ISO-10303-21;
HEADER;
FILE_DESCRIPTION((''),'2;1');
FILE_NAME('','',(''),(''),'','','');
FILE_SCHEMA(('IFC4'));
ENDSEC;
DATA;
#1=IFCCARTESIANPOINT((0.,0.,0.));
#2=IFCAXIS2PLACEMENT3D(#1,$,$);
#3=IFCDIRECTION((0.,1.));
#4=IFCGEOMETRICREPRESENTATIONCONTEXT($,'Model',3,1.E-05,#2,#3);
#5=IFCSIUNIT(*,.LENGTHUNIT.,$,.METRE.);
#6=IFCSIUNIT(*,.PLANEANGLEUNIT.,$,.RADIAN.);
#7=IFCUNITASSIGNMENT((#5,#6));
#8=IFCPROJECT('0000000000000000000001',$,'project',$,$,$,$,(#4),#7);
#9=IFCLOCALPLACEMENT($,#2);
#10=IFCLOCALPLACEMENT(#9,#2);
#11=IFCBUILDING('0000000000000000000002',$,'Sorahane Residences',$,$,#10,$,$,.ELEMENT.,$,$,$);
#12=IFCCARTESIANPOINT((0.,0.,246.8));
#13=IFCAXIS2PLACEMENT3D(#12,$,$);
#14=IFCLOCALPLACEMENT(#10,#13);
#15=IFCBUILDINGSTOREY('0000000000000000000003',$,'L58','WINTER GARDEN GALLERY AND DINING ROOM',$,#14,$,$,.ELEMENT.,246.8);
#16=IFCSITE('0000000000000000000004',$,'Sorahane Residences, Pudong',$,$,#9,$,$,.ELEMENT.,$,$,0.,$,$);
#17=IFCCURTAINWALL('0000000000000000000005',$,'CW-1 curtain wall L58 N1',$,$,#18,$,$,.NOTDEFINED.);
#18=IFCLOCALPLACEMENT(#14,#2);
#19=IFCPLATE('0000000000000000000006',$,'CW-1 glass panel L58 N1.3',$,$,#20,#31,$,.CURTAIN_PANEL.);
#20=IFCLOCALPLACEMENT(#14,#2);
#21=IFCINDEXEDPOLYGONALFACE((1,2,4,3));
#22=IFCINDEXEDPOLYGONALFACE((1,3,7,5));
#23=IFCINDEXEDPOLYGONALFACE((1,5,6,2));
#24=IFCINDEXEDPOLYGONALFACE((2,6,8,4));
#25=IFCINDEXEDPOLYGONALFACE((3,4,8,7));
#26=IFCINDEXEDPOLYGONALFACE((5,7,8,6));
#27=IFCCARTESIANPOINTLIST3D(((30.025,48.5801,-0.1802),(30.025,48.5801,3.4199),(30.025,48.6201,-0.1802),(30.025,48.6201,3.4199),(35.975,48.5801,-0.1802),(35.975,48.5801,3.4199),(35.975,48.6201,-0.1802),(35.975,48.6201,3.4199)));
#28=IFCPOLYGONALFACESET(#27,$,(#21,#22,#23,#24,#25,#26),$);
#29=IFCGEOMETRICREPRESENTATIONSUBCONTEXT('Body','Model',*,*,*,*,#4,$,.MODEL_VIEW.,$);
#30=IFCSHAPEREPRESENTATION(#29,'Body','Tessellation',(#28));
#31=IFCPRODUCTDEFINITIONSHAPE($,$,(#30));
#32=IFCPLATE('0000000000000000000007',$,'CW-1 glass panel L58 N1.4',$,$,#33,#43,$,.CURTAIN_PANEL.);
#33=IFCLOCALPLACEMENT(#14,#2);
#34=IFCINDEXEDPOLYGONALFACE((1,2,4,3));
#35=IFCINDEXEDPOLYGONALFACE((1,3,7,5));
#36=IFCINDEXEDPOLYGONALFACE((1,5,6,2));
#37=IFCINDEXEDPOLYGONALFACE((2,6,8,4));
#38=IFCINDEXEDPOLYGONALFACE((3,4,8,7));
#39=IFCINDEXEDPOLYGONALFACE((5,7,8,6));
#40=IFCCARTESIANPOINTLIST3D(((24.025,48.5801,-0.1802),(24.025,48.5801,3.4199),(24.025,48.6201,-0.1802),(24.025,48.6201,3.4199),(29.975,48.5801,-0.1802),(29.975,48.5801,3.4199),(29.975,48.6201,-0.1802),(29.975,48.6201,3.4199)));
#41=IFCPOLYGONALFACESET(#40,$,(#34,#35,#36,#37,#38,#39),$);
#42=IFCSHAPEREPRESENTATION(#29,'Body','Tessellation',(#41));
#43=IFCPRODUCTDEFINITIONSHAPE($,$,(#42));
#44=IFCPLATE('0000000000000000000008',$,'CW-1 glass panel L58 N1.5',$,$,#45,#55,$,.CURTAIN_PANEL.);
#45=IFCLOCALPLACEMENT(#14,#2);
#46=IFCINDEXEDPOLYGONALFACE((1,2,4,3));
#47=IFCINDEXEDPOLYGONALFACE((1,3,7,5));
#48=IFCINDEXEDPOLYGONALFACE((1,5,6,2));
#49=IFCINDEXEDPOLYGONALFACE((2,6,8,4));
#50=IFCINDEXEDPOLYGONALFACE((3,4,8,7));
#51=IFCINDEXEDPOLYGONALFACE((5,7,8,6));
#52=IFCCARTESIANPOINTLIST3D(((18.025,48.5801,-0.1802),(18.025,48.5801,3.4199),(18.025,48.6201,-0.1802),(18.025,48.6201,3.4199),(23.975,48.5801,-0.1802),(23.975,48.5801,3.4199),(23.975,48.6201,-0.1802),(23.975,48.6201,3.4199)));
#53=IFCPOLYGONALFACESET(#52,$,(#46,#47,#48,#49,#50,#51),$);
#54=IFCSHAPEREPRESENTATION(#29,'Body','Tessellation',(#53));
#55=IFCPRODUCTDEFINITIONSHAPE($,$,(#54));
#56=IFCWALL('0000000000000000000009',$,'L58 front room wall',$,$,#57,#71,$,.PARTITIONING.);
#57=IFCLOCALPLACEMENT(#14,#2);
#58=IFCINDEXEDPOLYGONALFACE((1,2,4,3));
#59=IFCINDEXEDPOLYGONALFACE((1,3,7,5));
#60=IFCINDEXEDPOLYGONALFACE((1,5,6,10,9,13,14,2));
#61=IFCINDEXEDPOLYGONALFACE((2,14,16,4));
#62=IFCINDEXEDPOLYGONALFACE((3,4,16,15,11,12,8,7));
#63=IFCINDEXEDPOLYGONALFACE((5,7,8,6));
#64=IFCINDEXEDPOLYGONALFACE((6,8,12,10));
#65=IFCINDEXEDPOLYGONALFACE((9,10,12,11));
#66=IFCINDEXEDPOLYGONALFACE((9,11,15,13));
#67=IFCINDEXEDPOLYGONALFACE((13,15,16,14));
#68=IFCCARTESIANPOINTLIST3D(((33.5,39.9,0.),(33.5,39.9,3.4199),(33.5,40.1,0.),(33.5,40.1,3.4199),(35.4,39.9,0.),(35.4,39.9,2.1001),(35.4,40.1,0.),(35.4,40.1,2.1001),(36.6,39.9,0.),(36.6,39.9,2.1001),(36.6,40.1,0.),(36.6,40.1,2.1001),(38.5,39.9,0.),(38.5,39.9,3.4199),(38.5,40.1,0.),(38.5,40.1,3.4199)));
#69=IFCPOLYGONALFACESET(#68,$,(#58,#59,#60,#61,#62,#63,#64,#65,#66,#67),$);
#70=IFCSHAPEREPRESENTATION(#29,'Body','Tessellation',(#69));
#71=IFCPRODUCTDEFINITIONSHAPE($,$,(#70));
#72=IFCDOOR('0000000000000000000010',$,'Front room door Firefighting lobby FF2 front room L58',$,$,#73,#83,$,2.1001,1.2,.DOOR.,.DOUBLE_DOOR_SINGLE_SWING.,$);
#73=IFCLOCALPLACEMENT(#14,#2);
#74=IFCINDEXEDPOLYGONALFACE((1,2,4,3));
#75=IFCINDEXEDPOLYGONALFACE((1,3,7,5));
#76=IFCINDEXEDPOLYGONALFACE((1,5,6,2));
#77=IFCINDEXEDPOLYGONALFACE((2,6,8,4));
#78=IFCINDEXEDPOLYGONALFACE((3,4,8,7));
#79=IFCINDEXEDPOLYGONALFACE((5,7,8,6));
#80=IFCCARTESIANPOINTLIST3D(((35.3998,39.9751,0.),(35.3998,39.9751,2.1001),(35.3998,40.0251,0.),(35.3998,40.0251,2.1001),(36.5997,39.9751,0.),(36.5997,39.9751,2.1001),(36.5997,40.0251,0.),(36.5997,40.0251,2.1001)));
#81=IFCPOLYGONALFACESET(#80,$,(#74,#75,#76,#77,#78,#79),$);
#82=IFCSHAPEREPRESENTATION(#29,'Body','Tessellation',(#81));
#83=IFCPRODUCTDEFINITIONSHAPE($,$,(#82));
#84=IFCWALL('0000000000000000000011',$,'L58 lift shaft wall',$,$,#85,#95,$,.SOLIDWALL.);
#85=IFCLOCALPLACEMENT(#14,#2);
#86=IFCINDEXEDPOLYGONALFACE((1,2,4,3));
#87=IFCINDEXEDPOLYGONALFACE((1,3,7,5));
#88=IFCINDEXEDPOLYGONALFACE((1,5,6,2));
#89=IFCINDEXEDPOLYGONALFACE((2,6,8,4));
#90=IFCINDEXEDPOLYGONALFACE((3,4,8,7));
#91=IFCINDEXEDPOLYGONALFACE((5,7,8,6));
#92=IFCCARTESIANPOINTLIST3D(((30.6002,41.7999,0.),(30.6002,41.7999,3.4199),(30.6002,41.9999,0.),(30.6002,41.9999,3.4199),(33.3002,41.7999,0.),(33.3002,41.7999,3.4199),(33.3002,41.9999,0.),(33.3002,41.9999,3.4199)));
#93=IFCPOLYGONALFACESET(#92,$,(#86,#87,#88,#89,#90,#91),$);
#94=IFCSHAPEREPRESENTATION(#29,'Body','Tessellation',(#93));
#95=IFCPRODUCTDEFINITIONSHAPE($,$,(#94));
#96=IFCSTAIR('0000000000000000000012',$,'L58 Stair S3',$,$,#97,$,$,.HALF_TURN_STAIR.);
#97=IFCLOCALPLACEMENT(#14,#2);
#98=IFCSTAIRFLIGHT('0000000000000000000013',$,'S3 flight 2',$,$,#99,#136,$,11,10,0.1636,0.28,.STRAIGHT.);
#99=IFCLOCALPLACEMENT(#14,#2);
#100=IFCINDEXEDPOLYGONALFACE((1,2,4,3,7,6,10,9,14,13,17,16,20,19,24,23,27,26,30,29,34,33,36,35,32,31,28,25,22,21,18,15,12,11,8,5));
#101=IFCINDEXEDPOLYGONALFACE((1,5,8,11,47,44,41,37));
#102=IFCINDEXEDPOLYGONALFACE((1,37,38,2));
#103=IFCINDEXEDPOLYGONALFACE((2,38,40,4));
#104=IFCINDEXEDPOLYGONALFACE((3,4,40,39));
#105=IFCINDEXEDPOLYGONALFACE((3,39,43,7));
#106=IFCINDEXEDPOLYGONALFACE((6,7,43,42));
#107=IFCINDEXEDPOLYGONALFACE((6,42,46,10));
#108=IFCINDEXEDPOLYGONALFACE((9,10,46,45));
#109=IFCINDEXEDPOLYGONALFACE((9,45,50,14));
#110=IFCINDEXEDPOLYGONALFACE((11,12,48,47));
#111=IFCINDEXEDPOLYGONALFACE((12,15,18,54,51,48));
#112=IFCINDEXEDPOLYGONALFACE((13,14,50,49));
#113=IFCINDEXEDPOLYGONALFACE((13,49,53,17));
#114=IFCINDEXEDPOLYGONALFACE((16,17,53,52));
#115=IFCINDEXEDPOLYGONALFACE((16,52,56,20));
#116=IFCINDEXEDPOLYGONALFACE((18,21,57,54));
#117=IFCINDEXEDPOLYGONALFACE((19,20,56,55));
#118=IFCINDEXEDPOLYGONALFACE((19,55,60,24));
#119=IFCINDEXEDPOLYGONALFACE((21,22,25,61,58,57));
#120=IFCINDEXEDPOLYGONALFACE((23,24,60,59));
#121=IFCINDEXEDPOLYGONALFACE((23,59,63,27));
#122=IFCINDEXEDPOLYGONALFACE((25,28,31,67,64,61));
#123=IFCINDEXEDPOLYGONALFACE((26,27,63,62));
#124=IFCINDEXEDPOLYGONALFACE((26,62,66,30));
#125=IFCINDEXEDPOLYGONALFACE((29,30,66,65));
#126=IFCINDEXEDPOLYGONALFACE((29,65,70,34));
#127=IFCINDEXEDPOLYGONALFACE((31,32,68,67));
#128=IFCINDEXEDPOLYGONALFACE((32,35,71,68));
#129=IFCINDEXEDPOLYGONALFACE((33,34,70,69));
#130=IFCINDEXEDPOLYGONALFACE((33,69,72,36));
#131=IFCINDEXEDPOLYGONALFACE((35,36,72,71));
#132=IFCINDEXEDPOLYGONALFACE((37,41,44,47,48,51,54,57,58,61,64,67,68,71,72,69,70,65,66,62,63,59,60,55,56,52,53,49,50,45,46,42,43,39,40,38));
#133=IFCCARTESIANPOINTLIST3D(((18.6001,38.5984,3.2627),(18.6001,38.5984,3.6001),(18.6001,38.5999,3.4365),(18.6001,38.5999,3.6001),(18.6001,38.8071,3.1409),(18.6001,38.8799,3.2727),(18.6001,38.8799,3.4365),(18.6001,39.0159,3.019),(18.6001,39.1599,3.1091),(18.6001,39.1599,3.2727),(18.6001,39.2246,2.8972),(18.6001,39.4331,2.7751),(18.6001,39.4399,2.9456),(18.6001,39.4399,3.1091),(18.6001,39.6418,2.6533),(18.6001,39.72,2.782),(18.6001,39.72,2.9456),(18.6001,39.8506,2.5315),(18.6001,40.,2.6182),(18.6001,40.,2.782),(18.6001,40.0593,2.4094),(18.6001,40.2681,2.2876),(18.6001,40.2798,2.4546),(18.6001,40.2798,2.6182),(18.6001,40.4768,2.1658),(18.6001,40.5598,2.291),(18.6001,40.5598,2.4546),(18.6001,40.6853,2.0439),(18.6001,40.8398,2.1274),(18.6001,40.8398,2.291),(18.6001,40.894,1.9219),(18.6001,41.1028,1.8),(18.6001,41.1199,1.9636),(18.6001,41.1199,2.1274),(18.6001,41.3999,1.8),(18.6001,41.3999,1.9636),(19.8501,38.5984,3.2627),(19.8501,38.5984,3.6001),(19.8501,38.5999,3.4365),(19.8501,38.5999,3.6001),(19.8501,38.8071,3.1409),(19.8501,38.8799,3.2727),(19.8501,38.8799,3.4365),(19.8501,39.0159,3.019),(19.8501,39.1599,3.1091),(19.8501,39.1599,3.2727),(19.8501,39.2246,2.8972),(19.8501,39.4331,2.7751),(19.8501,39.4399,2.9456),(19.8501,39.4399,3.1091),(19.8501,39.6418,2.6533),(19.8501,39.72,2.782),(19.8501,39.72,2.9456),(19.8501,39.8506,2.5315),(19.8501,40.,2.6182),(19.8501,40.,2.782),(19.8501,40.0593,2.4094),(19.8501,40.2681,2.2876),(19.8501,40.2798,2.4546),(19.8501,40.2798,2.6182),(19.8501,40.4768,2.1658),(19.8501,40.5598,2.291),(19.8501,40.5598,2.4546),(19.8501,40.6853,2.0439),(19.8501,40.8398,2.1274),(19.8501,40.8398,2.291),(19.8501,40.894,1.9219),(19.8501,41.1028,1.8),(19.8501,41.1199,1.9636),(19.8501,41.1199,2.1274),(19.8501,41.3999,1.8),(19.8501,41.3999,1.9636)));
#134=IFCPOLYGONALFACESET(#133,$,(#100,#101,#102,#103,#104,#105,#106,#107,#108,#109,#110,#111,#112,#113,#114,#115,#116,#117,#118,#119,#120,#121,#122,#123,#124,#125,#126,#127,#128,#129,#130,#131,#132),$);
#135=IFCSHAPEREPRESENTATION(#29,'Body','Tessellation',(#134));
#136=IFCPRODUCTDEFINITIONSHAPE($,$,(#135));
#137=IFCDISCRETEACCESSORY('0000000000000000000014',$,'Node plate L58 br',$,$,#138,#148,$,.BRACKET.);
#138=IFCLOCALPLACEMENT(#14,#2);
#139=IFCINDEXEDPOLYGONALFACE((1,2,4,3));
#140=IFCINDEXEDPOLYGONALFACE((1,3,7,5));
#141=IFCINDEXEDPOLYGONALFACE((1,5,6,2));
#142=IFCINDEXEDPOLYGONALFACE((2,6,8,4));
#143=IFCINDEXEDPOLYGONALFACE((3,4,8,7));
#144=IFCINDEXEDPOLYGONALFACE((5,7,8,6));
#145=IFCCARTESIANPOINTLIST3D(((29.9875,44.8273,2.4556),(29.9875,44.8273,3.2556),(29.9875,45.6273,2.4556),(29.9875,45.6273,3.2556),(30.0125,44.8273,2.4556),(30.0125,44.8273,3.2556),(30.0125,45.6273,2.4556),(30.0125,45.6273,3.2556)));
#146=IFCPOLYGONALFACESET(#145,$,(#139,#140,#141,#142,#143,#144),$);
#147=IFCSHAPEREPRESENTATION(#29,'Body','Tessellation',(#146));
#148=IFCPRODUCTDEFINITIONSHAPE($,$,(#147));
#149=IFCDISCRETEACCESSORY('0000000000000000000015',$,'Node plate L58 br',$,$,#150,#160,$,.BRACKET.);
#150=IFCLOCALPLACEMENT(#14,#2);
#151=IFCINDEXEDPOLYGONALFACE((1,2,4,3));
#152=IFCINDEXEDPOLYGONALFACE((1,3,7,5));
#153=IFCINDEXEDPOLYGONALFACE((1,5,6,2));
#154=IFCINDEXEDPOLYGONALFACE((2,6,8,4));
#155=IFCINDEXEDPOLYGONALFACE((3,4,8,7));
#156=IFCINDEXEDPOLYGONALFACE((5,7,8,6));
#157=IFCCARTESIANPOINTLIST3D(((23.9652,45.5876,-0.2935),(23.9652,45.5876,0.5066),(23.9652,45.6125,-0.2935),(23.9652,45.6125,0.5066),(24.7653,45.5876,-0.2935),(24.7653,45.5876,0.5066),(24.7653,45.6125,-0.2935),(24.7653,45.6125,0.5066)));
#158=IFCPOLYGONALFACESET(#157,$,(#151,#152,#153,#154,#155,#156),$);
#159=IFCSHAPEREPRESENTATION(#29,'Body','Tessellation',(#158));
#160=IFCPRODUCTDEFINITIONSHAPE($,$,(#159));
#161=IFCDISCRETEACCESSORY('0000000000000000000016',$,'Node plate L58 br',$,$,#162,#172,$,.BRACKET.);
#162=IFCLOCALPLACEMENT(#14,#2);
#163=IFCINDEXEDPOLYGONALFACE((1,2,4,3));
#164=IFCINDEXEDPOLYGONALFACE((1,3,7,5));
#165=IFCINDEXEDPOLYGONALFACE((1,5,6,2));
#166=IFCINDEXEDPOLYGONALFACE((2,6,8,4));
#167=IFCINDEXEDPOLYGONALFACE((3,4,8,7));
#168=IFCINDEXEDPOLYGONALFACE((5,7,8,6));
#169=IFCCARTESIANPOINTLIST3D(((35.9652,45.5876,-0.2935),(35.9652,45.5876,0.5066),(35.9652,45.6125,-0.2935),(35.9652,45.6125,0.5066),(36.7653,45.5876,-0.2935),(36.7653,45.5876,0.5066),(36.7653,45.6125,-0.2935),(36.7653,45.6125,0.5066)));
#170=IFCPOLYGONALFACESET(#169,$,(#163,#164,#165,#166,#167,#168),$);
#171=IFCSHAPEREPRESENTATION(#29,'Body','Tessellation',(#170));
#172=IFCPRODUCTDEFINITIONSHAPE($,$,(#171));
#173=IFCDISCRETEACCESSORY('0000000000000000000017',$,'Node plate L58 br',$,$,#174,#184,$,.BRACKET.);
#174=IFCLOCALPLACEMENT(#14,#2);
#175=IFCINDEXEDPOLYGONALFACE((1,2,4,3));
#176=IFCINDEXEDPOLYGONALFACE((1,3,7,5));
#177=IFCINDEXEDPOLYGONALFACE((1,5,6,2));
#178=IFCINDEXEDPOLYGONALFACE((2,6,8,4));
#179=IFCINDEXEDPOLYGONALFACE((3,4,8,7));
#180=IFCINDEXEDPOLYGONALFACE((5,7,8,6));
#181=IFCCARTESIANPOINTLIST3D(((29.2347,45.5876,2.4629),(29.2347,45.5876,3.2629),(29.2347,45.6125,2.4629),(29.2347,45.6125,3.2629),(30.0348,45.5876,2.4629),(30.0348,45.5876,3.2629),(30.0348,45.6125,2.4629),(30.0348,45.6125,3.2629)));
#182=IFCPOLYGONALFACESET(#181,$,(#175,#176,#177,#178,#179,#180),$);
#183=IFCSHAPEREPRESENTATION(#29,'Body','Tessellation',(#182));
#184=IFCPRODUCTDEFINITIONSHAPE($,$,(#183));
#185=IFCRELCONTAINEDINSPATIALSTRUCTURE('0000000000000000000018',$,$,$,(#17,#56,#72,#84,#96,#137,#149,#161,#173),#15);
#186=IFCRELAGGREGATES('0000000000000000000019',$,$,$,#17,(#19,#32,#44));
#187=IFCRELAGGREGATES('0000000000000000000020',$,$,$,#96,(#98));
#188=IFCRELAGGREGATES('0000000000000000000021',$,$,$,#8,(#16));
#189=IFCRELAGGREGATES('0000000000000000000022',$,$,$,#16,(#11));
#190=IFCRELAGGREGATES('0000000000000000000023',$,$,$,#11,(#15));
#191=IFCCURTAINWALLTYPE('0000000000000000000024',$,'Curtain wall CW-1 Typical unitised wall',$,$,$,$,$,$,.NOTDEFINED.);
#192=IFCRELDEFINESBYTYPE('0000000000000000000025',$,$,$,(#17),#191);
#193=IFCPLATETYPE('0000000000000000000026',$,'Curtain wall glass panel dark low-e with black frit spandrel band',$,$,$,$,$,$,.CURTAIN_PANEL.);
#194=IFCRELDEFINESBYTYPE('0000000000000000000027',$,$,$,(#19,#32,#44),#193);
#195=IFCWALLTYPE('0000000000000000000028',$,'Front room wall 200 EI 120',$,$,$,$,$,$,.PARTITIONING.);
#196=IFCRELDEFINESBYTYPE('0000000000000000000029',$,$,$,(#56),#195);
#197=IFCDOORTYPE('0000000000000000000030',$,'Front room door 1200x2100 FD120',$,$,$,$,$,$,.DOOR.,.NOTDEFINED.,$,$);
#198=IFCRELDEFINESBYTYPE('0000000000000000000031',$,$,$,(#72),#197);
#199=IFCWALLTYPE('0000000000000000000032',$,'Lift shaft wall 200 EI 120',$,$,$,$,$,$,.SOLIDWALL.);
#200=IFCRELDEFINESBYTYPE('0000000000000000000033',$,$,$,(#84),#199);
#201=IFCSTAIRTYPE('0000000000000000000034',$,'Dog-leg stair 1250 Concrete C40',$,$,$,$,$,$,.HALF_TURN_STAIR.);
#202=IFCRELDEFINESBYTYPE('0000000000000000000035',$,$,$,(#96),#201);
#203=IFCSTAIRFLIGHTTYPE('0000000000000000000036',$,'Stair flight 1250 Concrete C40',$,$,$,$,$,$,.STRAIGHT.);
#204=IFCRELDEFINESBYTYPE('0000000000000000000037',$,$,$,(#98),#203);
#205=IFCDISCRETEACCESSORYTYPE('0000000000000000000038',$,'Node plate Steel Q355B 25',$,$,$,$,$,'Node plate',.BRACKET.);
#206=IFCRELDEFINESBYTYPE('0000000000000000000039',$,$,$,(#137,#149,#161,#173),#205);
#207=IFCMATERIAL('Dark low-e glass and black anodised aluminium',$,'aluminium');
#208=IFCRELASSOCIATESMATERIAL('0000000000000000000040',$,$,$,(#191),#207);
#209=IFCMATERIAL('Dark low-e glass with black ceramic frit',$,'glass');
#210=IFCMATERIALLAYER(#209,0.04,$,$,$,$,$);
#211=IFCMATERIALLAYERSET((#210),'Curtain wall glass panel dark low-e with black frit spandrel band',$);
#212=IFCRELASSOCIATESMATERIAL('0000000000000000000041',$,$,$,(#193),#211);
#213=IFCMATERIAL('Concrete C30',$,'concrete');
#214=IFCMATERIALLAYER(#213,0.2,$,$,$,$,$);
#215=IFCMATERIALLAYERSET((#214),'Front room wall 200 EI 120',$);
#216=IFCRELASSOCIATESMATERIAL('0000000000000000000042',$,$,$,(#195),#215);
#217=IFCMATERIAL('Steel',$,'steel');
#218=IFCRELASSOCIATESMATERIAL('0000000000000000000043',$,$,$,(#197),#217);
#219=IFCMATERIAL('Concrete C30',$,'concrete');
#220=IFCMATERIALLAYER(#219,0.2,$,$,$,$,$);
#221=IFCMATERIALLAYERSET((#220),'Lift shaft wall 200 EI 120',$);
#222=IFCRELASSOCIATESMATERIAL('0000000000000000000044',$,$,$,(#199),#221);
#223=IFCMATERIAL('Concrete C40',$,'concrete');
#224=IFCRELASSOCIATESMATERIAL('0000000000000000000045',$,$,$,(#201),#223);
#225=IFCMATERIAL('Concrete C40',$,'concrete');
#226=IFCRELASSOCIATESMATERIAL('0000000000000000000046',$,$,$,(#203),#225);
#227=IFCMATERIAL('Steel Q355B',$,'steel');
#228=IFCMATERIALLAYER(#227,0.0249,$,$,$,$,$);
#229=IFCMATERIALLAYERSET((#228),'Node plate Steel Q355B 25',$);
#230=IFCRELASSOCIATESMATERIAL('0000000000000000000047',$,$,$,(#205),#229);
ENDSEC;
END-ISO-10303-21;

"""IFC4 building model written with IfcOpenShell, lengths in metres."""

from ifc_helpers import new_model, si_unit, direction, frame, frame_2d, origin, origin_2d, place, context, subcontext, project, spatial, polyline, rectangle, outline, extrude, material, layer, layer_set, type_object, element, fill, aggregate, save


model = new_model("IFC4")

# Units and contexts
model_context = context("Model", 3, precision=1e-05, world=origin(), true_north=direction((0.0, 1.0)))
body_context = subcontext(model_context, "Body", "Model", "MODEL_VIEW")
ifc_project = project(units=[si_unit("LENGTHUNIT", "METRE"), si_unit("PLANEANGLEUNIT", "RADIAN")], contexts=[model_context])

# Site, building, storey
site_placement = place(None, origin())
site = spatial("IfcSite", under=ifc_project, at=site_placement, Name="Sorahane Residences, Pudong", CompositionType="ELEMENT", RefElevation=0.0)
building_placement = place(site_placement, origin())
building = spatial("IfcBuilding", under=site, at=building_placement, Name="Sorahane Residences", CompositionType="ELEMENT")
storey_placement = place(building_placement, frame((0.0, 0.0, 246.8)))
storey = spatial("IfcBuildingStorey", under=building, at=storey_placement, Name="L58", Description="WINTER GARDEN GALLERY AND DINING ROOM", CompositionType="ELEMENT", Elevation=246.8)

# Curtain wall
ifc_material_1 = material(Name="Dark low-e glass and black anodised aluminium", Category="aluminium")
curtain_wall_type = type_object("IfcCurtainWallType", Name="Curtain wall CW-1 Typical unitised wall", PredefinedType="NOTDEFINED", material=ifc_material_1)
curtain_wall_placement = place(storey_placement, origin())
curtain_wall = element("IfcCurtainWall", 1, at=curtain_wall_placement, inside=storey, type_object=curtain_wall_type, Name="CW-1 curtain wall L58 N1", PredefinedType="NOTDEFINED")

# Plates
ifc_material_2 = material(Name="Dark low-e glass with black ceramic frit", Category="glass")
ifc_layer_1 = layer(ifc_material_2, 0.04)
ifc_layer_set_1 = layer_set([ifc_layer_1], Name="Curtain wall glass panel dark low-e with black frit spandrel band")
plate_type = type_object("IfcPlateType", Name="Curtain wall glass panel dark low-e with black frit spandrel band", PredefinedType="CURTAIN_PANEL", material=ifc_layer_set_1)
plate_1_placement = place(storey_placement, frame((33.0, 48.6001, -0.1802), z_axis=(0.0, 0.0, 1.0), x_axis=(-1.0, 0.0, 0.0)))
plate_1 = element("IfcPlate", 2, at=plate_1_placement, type_object=plate_type, Name="CW-1 glass panel L58 N1.3", PredefinedType="CURTAIN_PANEL", context=body_context, shape_type="SweptSolid", body=[
    extrude(rectangle(XDim=5.95, YDim=0.04, at=origin_2d()), origin(), (0.0, 0.0, 1.0), 3.6001),
])
plate_2_placement = place(storey_placement, frame((27.0, 48.6001, -0.1802), z_axis=(0.0, 0.0, 1.0), x_axis=(-1.0, 0.0, 0.0)))
plate_2 = element("IfcPlate", 3, at=plate_2_placement, type_object=plate_type, Name="CW-1 glass panel L58 N1.4", PredefinedType="CURTAIN_PANEL", context=body_context, shape_type="SweptSolid", body=[
    extrude(rectangle(XDim=5.95, YDim=0.04, at=origin_2d()), origin(), (0.0, 0.0, 1.0), 3.6001),
])
plate_3_placement = place(storey_placement, frame((21.0, 48.6001, -0.1802), z_axis=(0.0, 0.0, 1.0), x_axis=(-1.0, 0.0, 0.0)))
plate_3 = element("IfcPlate", 4, at=plate_3_placement, type_object=plate_type, Name="CW-1 glass panel L58 N1.5", PredefinedType="CURTAIN_PANEL", context=body_context, shape_type="SweptSolid", body=[
    extrude(rectangle(XDim=5.95, YDim=0.04, at=origin_2d()), origin(), (0.0, 0.0, 1.0), 3.6001),
])
aggregate(curtain_wall, [plate_1, plate_2, plate_3])

# Wall, opening, door
ifc_material_3 = material(Name="Concrete C30", Category="concrete")
ifc_layer_2 = layer(ifc_material_3, 0.2)
ifc_layer_set_2 = layer_set([ifc_layer_2], Name="Front room wall 200 EI 120")
wall_type_1 = type_object("IfcWallType", Name="Front room wall 200 EI 120", PredefinedType="PARTITIONING", material=ifc_layer_set_2)
wall_1_placement = place(storey_placement, frame((33.5, 40.0, 0.0), z_axis=(0.0, 0.0, 1.0), x_axis=(1.0, 0.0, 0.0)))
wall_1 = element("IfcWall", 5, at=wall_1_placement, inside=storey, type_object=wall_type_1, Name="L58 front room wall", PredefinedType="PARTITIONING", context=body_context, shape_type="SweptSolid", body=[
    extrude(rectangle(XDim=5.0, YDim=0.2, at=frame_2d((2.5, 0.0))), origin(), (0.0, 0.0, 1.0), 3.4199),
])
opening_placement = place(wall_1_placement, frame((1.8999, 0.0, 0.0)))
opening = element("IfcOpeningElement", 6, at=opening_placement, cuts=wall_1, PredefinedType="OPENING", context=body_context, shape_type="SweptSolid", body=[
    extrude(rectangle(XDim=1.2, YDim=2.1001, at=frame_2d((0.6001, 1.05))), frame((0.0, 0.1099, 0.0), z_axis=(0.0, -1.0, 0.0), x_axis=(1.0, 0.0, 0.0)), (0.0, 0.0, 1.0), 0.22),
])
ifc_material_4 = material(Name="Steel", Category="steel")
door_type = type_object("IfcDoorType", Name="Front room door 1200x2100 FD120", OperationType="NOTDEFINED", PredefinedType="DOOR", material=ifc_material_4)
door_placement = place(opening_placement, frame((1.2, 0.0, 0.0), z_axis=(0.0, 0.0, 1.0), x_axis=(-1.0, 0.0, 0.0)))
door = element("IfcDoor", 7, at=door_placement, inside=storey, type_object=door_type, Name="Front room door Firefighting lobby FF2 front room L58", OperationType="DOUBLE_DOOR_SINGLE_SWING", OverallHeight=2.1001, OverallWidth=1.2, PredefinedType="DOOR", context=body_context, shape_type="SweptSolid", body=[
    extrude(rectangle(XDim=1.2, YDim=2.1001, at=frame_2d((0.6001, 1.05))), frame((0.0, 0.0249, 0.0), z_axis=(0.0, -1.0, 0.0), x_axis=(1.0, 0.0, 0.0)), (0.0, 0.0, 1.0), 0.05),
])
fill(opening, door)

# Wall
ifc_material_5 = material(Name="Concrete C30", Category="concrete")
ifc_layer_3 = layer(ifc_material_5, 0.2)
ifc_layer_set_3 = layer_set([ifc_layer_3], Name="Lift shaft wall 200 EI 120")
wall_type_2 = type_object("IfcWallType", Name="Lift shaft wall 200 EI 120", PredefinedType="SOLIDWALL", material=ifc_layer_set_3)
wall_2_placement = place(storey_placement, frame((30.6001, 41.8999, 0.0), z_axis=(0.0, 0.0, 1.0), x_axis=(1.0, 0.0, 0.0)))
element("IfcWall", 8, at=wall_2_placement, inside=storey, type_object=wall_type_2, Name="L58 lift shaft wall", PredefinedType="SOLIDWALL", context=body_context, shape_type="SweptSolid", body=[
    extrude(rectangle(XDim=2.7, YDim=0.2, at=frame_2d((1.3501, 0.0))), origin(), (0.0, 0.0, 1.0), 3.4199),
])

# Stair, stair flight
ifc_material_6 = material(Name="Concrete C40", Category="concrete")
stair_type = type_object("IfcStairType", Name="Dog-leg stair 1250 Concrete C40", PredefinedType="HALF_TURN_STAIR", material=ifc_material_6)
stair_placement = place(storey_placement, origin())
stair = element("IfcStair", 9, at=stair_placement, inside=storey, type_object=stair_type, Name="L58 Stair S3", PredefinedType="HALF_TURN_STAIR")
ifc_material_7 = material(Name="Concrete C40", Category="concrete")
stair_flight_type = type_object("IfcStairFlightType", Name="Stair flight 1250 Concrete C40", PredefinedType="STRAIGHT", material=ifc_material_7)
stair_flight_placement = place(storey_placement, frame((19.2251, 41.3999, 1.8), z_axis=(0.0, 0.0, 1.0), x_axis=(0.0, -1.0, 0.0)))
stair_flight = element("IfcStairFlight", 10, at=stair_flight_placement, type_object=stair_flight_type, Name="S3 flight 2", NumberOfRisers=11, NumberOfTreads=10, PredefinedType="STRAIGHT", RiserHeight=0.1636, TreadLength=0.28, context=body_context, shape_type="SweptSolid", body=[
    extrude(outline(polyline([(0.0, 0.0), (0.0, 0.1636), (0.28, 0.1636), (0.28, 0.3274), (0.5601, 0.3274), (0.5601, 0.491), (0.8401, 0.491), (0.8401, 0.6545), (1.1201, 0.6545), (1.1201, 0.8181), (1.3999, 0.8181), (1.3999, 0.9819), (1.6799, 0.9819), (1.6799, 1.1455), (1.96, 1.1455), (1.96, 1.3091), (2.24, 1.3091), (2.24, 1.4727), (2.52, 1.4727), (2.52, 1.6365), (2.8, 1.6365), (2.8, 1.8), (2.8015, 1.8), (2.8015, 1.4626), (2.5928, 1.3408), (2.384, 1.219), (2.1753, 1.0972), (1.9668, 0.9751), (1.7581, 0.8533), (1.5493, 0.7314), (1.3406, 0.6094), (1.1318, 0.4875), (0.9231, 0.3657), (0.7146, 0.2439), (0.5059, 0.1218), (0.2971, 0.0), (0.0, 0.0)])), frame((0.0, 0.625, 0.0), z_axis=(0.0, -1.0, 0.0), x_axis=(1.0, 0.0, 0.0)), (0.0, 0.0, 1.0), 1.25),
])
aggregate(stair, [stair_flight])

# Discrete accessories
ifc_material_8 = material(Name="Steel Q355B", Category="steel")
ifc_layer_4 = layer(ifc_material_8, 0.0249)
ifc_layer_set_4 = layer_set([ifc_layer_4], Name="Node plate Steel Q355B 25")
discrete_accessory_type = type_object("IfcDiscreteAccessoryType", Name="Node plate Steel Q355B 25", ElementType="Node plate", PredefinedType="BRACKET", material=ifc_layer_set_4)
for number, where, z_axis, x_axis, name in (
    (11, (30.0, 45.2273, 2.4556), (0.0, 0.0, 1.0), (0.0, 1.0, 0.0), "Node plate L58 br"),
    (12, (24.3652, 45.6001, -0.2935), (0.0, 0.0, 1.0), (1.0, 0.0, 0.0), "Node plate L58 br"),
    (13, (36.3652, 45.6001, -0.2935), (0.0, 0.0, 1.0), (1.0, 0.0, 0.0), "Node plate L58 br"),
    (14, (29.6348, 45.6001, 2.4629), (0.0, 0.0, 1.0), (1.0, 0.0, 0.0), "Node plate L58 br"),
):
    element("IfcDiscreteAccessory", number, at=place(storey_placement, frame(where, z_axis=z_axis, x_axis=x_axis)), inside=storey, type_object=discrete_accessory_type, Name=name, PredefinedType="BRACKET", context=body_context, shape_type="SweptSolid", body=[
        extrude(rectangle(XDim=0.8, YDim=0.0249, at=origin_2d()), origin(), (0.0, 0.0, 1.0), 0.8),
    ])

save(model, "model.ifc")
